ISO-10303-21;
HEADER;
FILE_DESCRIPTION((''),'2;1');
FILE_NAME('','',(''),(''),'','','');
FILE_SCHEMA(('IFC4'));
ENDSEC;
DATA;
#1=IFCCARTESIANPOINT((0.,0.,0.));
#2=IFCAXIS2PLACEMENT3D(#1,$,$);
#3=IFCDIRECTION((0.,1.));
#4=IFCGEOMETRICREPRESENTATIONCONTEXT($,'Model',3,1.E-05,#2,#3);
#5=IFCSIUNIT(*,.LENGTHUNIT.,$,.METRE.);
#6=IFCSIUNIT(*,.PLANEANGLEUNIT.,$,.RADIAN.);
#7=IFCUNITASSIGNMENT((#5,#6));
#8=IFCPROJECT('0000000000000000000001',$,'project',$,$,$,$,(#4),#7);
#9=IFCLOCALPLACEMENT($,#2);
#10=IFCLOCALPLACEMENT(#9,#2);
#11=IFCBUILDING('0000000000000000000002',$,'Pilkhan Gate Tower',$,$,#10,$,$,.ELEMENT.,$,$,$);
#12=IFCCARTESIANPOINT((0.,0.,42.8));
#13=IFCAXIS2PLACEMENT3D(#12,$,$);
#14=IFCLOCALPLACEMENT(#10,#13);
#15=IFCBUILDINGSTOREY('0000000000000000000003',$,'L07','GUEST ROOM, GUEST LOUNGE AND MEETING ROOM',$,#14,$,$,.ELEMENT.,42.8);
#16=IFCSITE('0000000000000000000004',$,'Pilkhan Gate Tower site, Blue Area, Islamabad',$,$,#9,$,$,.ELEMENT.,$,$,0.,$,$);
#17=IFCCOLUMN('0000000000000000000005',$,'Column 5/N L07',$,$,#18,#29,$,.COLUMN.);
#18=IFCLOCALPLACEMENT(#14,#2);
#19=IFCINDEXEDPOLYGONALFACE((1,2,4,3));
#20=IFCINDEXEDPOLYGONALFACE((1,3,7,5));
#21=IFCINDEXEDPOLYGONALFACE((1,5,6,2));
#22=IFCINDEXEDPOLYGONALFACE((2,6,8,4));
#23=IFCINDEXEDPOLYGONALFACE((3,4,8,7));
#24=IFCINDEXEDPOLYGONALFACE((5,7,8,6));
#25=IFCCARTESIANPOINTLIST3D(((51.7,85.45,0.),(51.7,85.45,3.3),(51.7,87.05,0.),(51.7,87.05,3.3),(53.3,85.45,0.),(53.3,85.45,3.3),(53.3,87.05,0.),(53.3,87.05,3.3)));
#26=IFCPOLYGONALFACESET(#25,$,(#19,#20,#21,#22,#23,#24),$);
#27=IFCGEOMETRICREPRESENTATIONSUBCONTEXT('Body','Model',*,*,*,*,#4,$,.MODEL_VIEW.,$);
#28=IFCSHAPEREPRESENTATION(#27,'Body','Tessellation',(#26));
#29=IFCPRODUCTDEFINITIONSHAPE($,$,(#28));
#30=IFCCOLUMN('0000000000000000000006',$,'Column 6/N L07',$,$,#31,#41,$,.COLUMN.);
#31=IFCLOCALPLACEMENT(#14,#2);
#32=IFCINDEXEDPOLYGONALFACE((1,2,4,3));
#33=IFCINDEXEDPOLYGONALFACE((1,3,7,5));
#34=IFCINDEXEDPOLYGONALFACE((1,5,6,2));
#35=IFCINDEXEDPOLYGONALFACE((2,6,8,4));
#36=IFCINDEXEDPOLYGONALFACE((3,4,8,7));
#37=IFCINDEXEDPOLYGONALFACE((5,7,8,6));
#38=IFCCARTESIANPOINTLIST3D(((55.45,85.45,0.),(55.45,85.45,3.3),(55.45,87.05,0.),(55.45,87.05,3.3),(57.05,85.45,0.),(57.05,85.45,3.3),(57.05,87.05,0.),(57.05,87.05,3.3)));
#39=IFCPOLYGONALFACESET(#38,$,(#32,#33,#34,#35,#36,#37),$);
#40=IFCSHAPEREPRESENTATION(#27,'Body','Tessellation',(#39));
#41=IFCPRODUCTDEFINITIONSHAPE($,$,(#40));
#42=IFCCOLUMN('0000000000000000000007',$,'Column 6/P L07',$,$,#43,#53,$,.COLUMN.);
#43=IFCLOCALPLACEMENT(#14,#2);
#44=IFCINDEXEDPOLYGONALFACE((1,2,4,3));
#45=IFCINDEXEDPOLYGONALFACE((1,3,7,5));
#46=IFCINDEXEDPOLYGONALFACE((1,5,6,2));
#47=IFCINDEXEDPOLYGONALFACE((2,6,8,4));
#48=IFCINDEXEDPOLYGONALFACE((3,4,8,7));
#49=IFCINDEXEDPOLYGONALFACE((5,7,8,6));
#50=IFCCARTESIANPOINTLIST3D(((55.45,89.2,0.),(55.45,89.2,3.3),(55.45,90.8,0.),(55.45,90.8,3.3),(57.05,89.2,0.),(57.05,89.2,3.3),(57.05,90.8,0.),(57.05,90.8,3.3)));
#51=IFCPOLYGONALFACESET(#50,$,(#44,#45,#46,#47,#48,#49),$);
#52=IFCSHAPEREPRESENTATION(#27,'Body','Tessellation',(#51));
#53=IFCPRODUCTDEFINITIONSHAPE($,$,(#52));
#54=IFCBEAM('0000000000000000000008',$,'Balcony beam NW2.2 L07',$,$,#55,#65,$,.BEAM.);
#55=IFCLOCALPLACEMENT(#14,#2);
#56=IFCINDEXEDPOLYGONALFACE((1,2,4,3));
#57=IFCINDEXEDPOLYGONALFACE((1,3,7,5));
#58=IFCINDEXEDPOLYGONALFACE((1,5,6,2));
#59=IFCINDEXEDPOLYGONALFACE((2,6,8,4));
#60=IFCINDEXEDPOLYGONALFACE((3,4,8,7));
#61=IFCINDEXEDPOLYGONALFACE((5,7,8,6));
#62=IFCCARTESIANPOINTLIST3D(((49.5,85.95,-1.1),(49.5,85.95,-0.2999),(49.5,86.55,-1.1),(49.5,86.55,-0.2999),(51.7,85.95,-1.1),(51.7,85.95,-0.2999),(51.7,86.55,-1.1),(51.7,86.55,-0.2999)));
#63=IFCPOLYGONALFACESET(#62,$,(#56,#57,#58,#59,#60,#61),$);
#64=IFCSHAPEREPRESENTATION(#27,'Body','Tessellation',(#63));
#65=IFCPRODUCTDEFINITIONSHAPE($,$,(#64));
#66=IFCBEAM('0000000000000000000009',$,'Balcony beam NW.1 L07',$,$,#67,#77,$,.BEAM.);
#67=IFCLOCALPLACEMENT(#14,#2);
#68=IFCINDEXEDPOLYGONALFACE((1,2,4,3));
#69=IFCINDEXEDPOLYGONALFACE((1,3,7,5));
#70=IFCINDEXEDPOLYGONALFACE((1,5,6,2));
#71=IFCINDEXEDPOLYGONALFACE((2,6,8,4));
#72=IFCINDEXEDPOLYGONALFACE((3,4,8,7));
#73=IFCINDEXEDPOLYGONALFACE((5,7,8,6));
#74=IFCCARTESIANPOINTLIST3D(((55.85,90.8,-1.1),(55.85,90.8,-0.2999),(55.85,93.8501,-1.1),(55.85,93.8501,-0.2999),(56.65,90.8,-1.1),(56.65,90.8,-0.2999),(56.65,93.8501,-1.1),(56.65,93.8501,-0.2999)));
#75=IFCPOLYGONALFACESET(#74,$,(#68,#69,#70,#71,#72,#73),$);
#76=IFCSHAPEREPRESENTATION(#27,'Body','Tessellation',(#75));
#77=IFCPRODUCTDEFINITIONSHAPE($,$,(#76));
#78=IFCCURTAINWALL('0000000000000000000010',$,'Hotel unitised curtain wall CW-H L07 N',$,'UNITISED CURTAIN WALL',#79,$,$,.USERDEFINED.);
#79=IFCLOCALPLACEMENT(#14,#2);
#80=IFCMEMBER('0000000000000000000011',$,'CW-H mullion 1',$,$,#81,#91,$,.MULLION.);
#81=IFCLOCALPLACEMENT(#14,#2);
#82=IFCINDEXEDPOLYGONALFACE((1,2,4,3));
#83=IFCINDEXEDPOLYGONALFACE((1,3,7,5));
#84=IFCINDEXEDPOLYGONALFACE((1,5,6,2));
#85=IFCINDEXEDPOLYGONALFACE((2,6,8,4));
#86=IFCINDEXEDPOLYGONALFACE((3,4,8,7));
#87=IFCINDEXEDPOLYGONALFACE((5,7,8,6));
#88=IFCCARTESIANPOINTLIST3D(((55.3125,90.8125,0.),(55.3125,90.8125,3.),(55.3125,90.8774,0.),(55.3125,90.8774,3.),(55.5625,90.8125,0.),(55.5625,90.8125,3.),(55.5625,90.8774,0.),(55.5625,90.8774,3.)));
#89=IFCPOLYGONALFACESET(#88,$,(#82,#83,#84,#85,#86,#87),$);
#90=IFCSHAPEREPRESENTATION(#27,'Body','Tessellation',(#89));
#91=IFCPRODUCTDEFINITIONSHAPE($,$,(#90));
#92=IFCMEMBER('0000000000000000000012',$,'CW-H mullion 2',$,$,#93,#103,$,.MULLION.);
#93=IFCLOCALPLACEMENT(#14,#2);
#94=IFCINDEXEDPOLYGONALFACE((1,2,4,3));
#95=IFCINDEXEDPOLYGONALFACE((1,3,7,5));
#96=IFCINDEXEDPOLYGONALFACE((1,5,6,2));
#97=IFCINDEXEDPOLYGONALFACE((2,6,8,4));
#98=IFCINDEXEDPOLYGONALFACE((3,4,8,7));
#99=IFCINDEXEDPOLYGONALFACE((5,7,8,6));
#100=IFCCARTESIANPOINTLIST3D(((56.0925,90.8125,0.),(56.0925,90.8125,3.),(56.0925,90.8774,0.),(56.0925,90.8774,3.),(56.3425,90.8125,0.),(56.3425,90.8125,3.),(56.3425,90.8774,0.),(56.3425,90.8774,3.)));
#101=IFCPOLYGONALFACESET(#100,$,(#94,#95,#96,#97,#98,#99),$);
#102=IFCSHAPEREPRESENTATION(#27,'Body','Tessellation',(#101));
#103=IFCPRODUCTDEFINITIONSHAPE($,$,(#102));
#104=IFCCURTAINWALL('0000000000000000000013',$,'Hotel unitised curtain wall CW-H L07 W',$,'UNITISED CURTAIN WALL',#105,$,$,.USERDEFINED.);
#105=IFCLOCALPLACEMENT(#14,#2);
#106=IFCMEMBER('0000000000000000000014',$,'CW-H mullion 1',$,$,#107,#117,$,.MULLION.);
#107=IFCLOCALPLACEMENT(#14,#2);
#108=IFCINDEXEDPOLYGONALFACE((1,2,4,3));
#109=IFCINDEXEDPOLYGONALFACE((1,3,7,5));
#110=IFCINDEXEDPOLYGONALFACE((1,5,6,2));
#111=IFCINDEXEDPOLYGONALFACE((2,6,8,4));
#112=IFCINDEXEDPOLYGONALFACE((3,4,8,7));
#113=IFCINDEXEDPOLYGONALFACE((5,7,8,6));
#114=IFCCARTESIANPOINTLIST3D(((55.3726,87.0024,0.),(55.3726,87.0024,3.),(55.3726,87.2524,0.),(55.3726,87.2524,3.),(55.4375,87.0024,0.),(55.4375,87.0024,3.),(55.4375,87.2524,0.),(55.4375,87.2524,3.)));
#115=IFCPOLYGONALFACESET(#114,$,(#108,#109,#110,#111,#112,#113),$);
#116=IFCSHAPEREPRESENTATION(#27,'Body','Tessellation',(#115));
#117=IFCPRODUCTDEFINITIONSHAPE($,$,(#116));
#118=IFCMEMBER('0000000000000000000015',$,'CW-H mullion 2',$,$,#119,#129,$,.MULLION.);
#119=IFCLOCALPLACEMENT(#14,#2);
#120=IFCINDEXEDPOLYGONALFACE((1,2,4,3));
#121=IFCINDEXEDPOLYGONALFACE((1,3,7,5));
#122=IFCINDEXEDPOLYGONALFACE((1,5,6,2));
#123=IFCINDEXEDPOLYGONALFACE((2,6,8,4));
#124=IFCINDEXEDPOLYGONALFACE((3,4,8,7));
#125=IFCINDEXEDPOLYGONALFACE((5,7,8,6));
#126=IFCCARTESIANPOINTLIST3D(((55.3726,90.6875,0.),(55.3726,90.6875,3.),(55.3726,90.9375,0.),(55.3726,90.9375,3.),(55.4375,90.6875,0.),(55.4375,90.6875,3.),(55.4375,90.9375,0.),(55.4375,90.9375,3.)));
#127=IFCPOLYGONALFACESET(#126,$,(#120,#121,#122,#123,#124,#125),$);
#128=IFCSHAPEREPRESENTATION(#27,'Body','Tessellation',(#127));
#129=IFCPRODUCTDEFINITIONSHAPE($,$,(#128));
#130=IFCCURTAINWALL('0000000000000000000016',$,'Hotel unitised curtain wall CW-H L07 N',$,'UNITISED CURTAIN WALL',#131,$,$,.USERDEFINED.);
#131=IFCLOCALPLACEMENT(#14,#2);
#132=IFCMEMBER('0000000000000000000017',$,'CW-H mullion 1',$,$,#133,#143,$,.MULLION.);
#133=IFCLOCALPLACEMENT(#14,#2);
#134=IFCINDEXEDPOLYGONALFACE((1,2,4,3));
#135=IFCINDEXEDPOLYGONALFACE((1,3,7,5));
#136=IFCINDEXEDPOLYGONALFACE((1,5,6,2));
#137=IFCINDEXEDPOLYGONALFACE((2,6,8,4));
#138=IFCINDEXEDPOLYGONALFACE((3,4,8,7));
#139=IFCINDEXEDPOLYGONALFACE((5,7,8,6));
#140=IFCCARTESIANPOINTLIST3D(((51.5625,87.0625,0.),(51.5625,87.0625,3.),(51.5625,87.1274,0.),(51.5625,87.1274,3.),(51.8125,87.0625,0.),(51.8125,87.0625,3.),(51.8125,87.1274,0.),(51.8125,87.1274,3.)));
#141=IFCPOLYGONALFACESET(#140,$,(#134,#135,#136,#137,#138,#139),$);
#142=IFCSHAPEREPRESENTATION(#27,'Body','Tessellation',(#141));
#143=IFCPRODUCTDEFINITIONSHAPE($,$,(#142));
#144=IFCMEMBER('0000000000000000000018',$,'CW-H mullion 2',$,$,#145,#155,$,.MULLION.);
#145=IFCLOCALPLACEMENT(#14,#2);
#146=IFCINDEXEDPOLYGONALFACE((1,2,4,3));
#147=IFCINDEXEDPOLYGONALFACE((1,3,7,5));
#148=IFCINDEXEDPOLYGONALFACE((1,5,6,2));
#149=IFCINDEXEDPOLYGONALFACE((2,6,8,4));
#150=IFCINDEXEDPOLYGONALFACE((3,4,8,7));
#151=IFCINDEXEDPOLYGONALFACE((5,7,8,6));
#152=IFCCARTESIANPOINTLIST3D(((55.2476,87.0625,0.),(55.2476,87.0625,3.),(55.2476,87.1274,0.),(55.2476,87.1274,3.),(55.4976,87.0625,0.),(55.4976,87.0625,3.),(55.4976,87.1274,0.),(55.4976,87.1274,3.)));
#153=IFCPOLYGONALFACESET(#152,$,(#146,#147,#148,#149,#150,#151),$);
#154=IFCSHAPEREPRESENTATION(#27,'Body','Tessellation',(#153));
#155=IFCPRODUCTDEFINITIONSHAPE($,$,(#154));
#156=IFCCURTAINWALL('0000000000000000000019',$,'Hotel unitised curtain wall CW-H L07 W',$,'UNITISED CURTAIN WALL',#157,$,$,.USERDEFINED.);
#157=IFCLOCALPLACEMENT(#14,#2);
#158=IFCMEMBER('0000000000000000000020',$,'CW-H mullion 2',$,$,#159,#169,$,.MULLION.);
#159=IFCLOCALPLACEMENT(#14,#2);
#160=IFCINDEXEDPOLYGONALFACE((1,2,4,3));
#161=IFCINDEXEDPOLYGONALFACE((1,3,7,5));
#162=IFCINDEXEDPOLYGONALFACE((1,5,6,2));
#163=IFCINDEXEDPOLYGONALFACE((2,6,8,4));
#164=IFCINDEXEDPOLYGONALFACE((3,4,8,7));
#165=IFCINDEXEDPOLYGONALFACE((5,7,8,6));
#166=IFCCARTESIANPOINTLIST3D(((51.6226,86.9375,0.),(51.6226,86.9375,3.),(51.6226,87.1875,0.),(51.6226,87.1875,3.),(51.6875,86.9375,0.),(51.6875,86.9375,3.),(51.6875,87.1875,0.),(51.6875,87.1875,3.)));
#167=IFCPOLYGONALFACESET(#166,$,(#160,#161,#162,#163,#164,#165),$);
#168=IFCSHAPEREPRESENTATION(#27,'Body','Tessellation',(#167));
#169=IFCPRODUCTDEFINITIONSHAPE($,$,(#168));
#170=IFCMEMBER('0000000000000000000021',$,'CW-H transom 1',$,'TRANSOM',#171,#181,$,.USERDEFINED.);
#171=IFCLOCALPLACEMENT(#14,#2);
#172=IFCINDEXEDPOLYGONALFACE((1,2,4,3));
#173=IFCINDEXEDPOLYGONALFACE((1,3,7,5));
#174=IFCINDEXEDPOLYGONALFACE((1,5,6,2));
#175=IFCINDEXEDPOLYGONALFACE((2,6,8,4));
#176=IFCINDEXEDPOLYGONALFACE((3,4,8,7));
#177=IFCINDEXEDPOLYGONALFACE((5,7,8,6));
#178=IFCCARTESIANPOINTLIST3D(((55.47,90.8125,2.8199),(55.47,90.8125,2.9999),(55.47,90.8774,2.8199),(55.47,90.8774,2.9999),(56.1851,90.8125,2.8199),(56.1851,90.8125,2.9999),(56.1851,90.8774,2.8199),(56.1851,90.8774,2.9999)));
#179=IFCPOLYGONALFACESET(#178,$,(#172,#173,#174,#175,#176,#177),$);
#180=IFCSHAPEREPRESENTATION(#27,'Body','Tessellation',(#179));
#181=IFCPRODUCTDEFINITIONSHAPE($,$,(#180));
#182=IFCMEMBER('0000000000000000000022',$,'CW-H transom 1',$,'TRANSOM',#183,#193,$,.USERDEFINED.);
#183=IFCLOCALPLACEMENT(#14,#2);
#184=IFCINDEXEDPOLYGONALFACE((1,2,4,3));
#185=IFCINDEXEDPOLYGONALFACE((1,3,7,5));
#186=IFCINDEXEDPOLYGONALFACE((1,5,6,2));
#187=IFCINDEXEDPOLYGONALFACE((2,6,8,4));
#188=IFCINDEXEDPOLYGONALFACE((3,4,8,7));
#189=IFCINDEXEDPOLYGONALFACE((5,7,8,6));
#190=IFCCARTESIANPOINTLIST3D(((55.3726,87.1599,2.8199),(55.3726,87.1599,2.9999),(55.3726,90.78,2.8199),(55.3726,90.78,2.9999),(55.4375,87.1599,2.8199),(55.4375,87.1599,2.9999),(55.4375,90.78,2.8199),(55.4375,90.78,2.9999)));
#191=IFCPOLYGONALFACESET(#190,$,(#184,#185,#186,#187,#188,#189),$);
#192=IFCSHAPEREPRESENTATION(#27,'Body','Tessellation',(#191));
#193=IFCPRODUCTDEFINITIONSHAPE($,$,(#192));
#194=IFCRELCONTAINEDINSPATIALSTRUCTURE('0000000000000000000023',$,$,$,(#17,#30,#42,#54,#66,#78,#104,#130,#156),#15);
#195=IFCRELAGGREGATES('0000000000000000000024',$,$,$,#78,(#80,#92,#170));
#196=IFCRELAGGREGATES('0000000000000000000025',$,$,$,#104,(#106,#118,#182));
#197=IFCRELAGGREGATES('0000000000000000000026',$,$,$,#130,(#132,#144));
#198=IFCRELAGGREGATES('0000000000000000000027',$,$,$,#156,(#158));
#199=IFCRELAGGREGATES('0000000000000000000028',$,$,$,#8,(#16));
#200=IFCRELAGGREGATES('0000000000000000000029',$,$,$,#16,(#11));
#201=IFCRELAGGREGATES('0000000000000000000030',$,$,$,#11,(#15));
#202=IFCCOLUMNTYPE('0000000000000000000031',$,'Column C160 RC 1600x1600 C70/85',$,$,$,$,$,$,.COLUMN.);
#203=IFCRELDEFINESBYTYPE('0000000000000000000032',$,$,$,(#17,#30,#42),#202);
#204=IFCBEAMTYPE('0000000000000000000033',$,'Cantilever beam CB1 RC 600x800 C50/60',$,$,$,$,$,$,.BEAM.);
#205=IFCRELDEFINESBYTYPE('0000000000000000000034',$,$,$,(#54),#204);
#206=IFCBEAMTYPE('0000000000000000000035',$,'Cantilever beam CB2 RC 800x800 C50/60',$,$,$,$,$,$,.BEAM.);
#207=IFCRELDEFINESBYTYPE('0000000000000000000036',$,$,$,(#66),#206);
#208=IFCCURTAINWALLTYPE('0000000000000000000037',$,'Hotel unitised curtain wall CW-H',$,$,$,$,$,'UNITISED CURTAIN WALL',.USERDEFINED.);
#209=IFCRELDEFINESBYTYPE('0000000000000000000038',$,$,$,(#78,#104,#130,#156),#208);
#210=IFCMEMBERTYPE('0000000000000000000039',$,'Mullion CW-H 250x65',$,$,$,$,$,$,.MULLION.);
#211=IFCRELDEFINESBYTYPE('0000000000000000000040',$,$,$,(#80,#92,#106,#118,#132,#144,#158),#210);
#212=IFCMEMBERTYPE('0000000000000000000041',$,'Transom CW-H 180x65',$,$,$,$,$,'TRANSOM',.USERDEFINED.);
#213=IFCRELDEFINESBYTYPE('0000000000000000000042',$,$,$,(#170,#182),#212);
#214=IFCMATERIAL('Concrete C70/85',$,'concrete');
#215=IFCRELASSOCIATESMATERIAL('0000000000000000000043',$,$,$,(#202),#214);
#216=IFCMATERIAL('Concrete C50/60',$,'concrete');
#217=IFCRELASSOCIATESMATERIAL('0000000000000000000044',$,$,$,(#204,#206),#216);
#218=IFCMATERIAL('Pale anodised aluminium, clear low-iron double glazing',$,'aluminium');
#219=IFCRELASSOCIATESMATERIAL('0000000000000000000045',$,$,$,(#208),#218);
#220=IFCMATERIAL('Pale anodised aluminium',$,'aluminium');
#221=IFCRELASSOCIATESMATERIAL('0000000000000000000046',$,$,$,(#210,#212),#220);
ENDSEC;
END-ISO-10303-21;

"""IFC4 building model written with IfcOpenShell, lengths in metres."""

from ifc_helpers import new_model, si_unit, direction, frame, origin, origin_2d, place, context, subcontext, project, spatial, rectangle, extrude, material, material_profile, profile_set, type_object, element, aggregate, save


model = new_model("IFC4")

# Units and contexts
model_context = context("Model", 3, precision=1e-05, world=origin(), true_north=direction((0.0, 1.0)))
body_context = subcontext(model_context, "Body", "Model", "MODEL_VIEW")
ifc_project = project(units=[si_unit("LENGTHUNIT", "METRE"), si_unit("PLANEANGLEUNIT", "RADIAN")], contexts=[model_context])

# Site, building, storey
site_placement = place(None, origin())
site = spatial("IfcSite", under=ifc_project, at=site_placement, Name="Pilkhan Gate Tower site, Blue Area, Islamabad", CompositionType="ELEMENT", RefElevation=0.0)
building_placement = place(site_placement, origin())
building = spatial("IfcBuilding", under=site, at=building_placement, Name="Pilkhan Gate Tower", CompositionType="ELEMENT")
storey_placement = place(building_placement, frame((0.0, 0.0, 42.8)))
storey = spatial("IfcBuildingStorey", under=building, at=storey_placement, Name="L07", Description="GUEST ROOM, GUEST LOUNGE AND MEETING ROOM", CompositionType="ELEMENT", Elevation=42.8)

# Columns
ifc_material_1 = material(Name="Concrete C70/85", Category="concrete")
ifc_material_profile_1 = material_profile(ifc_material_1, rectangle(XDim=1.6001, YDim=1.6001, at=origin_2d()), Name="RC 1600x1600")
ifc_profile_set_1 = profile_set([ifc_material_profile_1], Name="Concrete C70/85")
column_type = type_object("IfcColumnType", Name="Column C160 RC 1600x1600 C70/85", PredefinedType="COLUMN", material=ifc_profile_set_1)
for number, where, z_axis, x_axis, name in (
    (1, (52.5, 86.25, 0.0), (0.0, 0.0, 1.0), (1.0, 0.0, 0.0), "Column 5/N L07"),
    (2, (56.25, 86.25, 0.0), (0.0, 0.0, 1.0), (1.0, 0.0, 0.0), "Column 6/N L07"),
    (3, (56.25, 90.0, 0.0), (0.0, 0.0, 1.0), (1.0, 0.0, 0.0), "Column 6/P L07"),
):
    element("IfcColumn", number, at=place(storey_placement, frame(where, z_axis=z_axis, x_axis=x_axis)), inside=storey, type_object=column_type, Name=name, PredefinedType="COLUMN", context=body_context, shape_type="SweptSolid", body=[
        extrude(rectangle(XDim=1.6001, YDim=1.6001, at=origin_2d()), origin(), (0.0, 0.0, 1.0), 3.3),
    ])

# Beams
ifc_material_2 = material(Name="Concrete C50/60", Category="concrete")
ifc_material_profile_2 = material_profile(ifc_material_2, rectangle(XDim=0.6001, YDim=0.8, at=origin_2d()), Name="RC 600x800")
ifc_profile_set_2 = profile_set([ifc_material_profile_2], Name="Concrete C50/60")
beam_type_1 = type_object("IfcBeamType", Name="Cantilever beam CB1 RC 600x800 C50/60", PredefinedType="BEAM", material=ifc_profile_set_2)
beam_1_placement = place(storey_placement, frame((51.7, 86.25, -0.7), z_axis=(-1.0, 0.0, 0.0), x_axis=(0.0, -1.0, 0.0)))
element("IfcBeam", 4, at=beam_1_placement, inside=storey, type_object=beam_type_1, Name="Balcony beam NW2.2 L07", PredefinedType="BEAM", context=body_context, shape_type="SweptSolid", body=[
    extrude(rectangle(XDim=0.6001, YDim=0.8, at=origin_2d()), origin(), (0.0, 0.0, 1.0), 2.2),
])
ifc_material_profile_3 = material_profile(ifc_material_2, rectangle(XDim=0.8, YDim=0.8, at=origin_2d()), Name="RC 800x800")
ifc_profile_set_3 = profile_set([ifc_material_profile_3], Name="Concrete C50/60")
beam_type_2 = type_object("IfcBeamType", Name="Cantilever beam CB2 RC 800x800 C50/60", PredefinedType="BEAM", material=ifc_profile_set_3)
beam_2_placement = place(storey_placement, frame((56.25, 90.8, -0.7), z_axis=(0.0, 1.0, 0.0), x_axis=(-1.0, 0.0, 0.0)))
element("IfcBeam", 5, at=beam_2_placement, inside=storey, type_object=beam_type_2, Name="Balcony beam NW.1 L07", PredefinedType="BEAM", context=body_context, shape_type="SweptSolid", body=[
    extrude(rectangle(XDim=0.8, YDim=0.8, at=origin_2d()), origin(), (0.0, 0.0, 1.0), 3.05),
])

# Curtain walls, members
ifc_material_3 = material(Name="Pale anodised aluminium, clear low-iron double glazing", Category="aluminium")
curtain_wall_type = type_object("IfcCurtainWallType", Name="Hotel unitised curtain wall CW-H", ElementType="UNITISED CURTAIN WALL", PredefinedType="USERDEFINED", material=ifc_material_3)
curtain_wall_1_placement = place(storey_placement, origin())
curtain_wall_1 = element("IfcCurtainWall", 6, at=curtain_wall_1_placement, inside=storey, type_object=curtain_wall_type, Name="Hotel unitised curtain wall CW-H L07 N", ObjectType="UNITISED CURTAIN WALL", PredefinedType="USERDEFINED")
ifc_material_4 = material(Name="Pale anodised aluminium", Category="aluminium")
ifc_material_profile_4 = material_profile(ifc_material_4, rectangle(XDim=0.0649, YDim=0.25, at=origin_2d()), Name="Mullion 250x65")
ifc_profile_set_4 = profile_set([ifc_material_profile_4], Name="Pale anodised aluminium")
member_type_1 = type_object("IfcMemberType", Name="Mullion CW-H 250x65", PredefinedType="MULLION", material=ifc_profile_set_4)
member_1_placement = place(storey_placement, frame((55.4375, 90.845, 0.0), z_axis=(0.0, 0.0, 1.0), x_axis=(0.0, 1.0, 0.0)))
member_1 = element("IfcMember", 7, at=member_1_placement, type_object=member_type_1, Name="CW-H mullion 1", PredefinedType="MULLION", context=body_context, shape_type="SweptSolid", body=[
    extrude(rectangle(XDim=0.0649, YDim=0.25, at=origin_2d()), origin(), (0.0, 0.0, 1.0), 3.0),
])
member_2_placement = place(storey_placement, frame((56.2175, 90.845, 0.0), z_axis=(0.0, 0.0, 1.0), x_axis=(0.0, 1.0, 0.0)))
member_2 = element("IfcMember", 8, at=member_2_placement, type_object=member_type_1, Name="CW-H mullion 2", PredefinedType="MULLION", context=body_context, shape_type="SweptSolid", body=[
    extrude(rectangle(XDim=0.0649, YDim=0.25, at=origin_2d()), origin(), (0.0, 0.0, 1.0), 3.0),
])
curtain_wall_2_placement = place(storey_placement, origin())
curtain_wall_2 = element("IfcCurtainWall", 9, at=curtain_wall_2_placement, inside=storey, type_object=curtain_wall_type, Name="Hotel unitised curtain wall CW-H L07 W", ObjectType="UNITISED CURTAIN WALL", PredefinedType="USERDEFINED")
member_3_placement = place(storey_placement, frame((55.405, 87.1274, 0.0), z_axis=(0.0, 0.0, 1.0), x_axis=(-1.0, 0.0, 0.0)))
member_3 = element("IfcMember", 10, at=member_3_placement, type_object=member_type_1, Name="CW-H mullion 1", PredefinedType="MULLION", context=body_context, shape_type="SweptSolid", body=[
    extrude(rectangle(XDim=0.0649, YDim=0.25, at=origin_2d()), origin(), (0.0, 0.0, 1.0), 3.0),
])
member_4_placement = place(storey_placement, frame((55.405, 90.8125, 0.0), z_axis=(0.0, 0.0, 1.0), x_axis=(-1.0, 0.0, 0.0)))
member_4 = element("IfcMember", 11, at=member_4_placement, type_object=member_type_1, Name="CW-H mullion 2", PredefinedType="MULLION", context=body_context, shape_type="SweptSolid", body=[
    extrude(rectangle(XDim=0.0649, YDim=0.25, at=origin_2d()), origin(), (0.0, 0.0, 1.0), 3.0),
])
curtain_wall_3_placement = place(storey_placement, origin())
curtain_wall_3 = element("IfcCurtainWall", 12, at=curtain_wall_3_placement, inside=storey, type_object=curtain_wall_type, Name="Hotel unitised curtain wall CW-H L07 N", ObjectType="UNITISED CURTAIN WALL", PredefinedType="USERDEFINED")
member_5_placement = place(storey_placement, frame((51.6875, 87.095, 0.0), z_axis=(0.0, 0.0, 1.0), x_axis=(0.0, 1.0, 0.0)))
member_5 = element("IfcMember", 13, at=member_5_placement, type_object=member_type_1, Name="CW-H mullion 1", PredefinedType="MULLION", context=body_context, shape_type="SweptSolid", body=[
    extrude(rectangle(XDim=0.0649, YDim=0.25, at=origin_2d()), origin(), (0.0, 0.0, 1.0), 3.0),
])
member_6_placement = place(storey_placement, frame((55.3726, 87.095, 0.0), z_axis=(0.0, 0.0, 1.0), x_axis=(0.0, 1.0, 0.0)))
member_6 = element("IfcMember", 14, at=member_6_placement, type_object=member_type_1, Name="CW-H mullion 2", PredefinedType="MULLION", context=body_context, shape_type="SweptSolid", body=[
    extrude(rectangle(XDim=0.0649, YDim=0.25, at=origin_2d()), origin(), (0.0, 0.0, 1.0), 3.0),
])

# Curtain wall, member
curtain_wall_4_placement = place(storey_placement, origin())
curtain_wall_4 = element("IfcCurtainWall", 15, at=curtain_wall_4_placement, inside=storey, type_object=curtain_wall_type, Name="Hotel unitised curtain wall CW-H L07 W", ObjectType="UNITISED CURTAIN WALL", PredefinedType="USERDEFINED")
member_7_placement = place(storey_placement, frame((51.655, 87.0625, 0.0), z_axis=(0.0, 0.0, 1.0), x_axis=(-1.0, 0.0, 0.0)))
member_7 = element("IfcMember", 16, at=member_7_placement, type_object=member_type_1, Name="CW-H mullion 2", PredefinedType="MULLION", context=body_context, shape_type="SweptSolid", body=[
    extrude(rectangle(XDim=0.0649, YDim=0.25, at=origin_2d()), origin(), (0.0, 0.0, 1.0), 3.0),
])

# Members
ifc_material_profile_5 = material_profile(ifc_material_4, rectangle(XDim=0.0649, YDim=0.1799, at=origin_2d()), Name="Transom 180x65")
ifc_profile_set_5 = profile_set([ifc_material_profile_5], Name="Pale anodised aluminium")
member_type_2 = type_object("IfcMemberType", Name="Transom CW-H 180x65", ElementType="TRANSOM", PredefinedType="USERDEFINED", material=ifc_profile_set_5)
member_8_placement = place(storey_placement, frame((55.47, 90.845, 2.9099), z_axis=(1.0, 0.0, 0.0), x_axis=(0.0, 1.0, 0.0)))
member_8 = element("IfcMember", 17, at=member_8_placement, type_object=member_type_2, Name="CW-H transom 1", ObjectType="TRANSOM", PredefinedType="USERDEFINED", context=body_context, shape_type="SweptSolid", body=[
    extrude(rectangle(XDim=0.0649, YDim=0.1799, at=origin_2d()), origin(), (0.0, 0.0, 1.0), 0.7151),
])
member_9_placement = place(storey_placement, frame((55.405, 87.1599, 2.9099), z_axis=(0.0, 1.0, 0.0), x_axis=(-1.0, 0.0, 0.0)))
member_9 = element("IfcMember", 18, at=member_9_placement, type_object=member_type_2, Name="CW-H transom 1", ObjectType="TRANSOM", PredefinedType="USERDEFINED", context=body_context, shape_type="SweptSolid", body=[
    extrude(rectangle(XDim=0.0649, YDim=0.1799, at=origin_2d()), origin(), (0.0, 0.0, 1.0), 3.6201),
])

aggregate(curtain_wall_1, [member_1, member_2, member_8])
aggregate(curtain_wall_2, [member_3, member_4, member_9])
aggregate(curtain_wall_3, [member_5, member_6])
aggregate(curtain_wall_4, [member_7])

save(model, "model.ifc")
